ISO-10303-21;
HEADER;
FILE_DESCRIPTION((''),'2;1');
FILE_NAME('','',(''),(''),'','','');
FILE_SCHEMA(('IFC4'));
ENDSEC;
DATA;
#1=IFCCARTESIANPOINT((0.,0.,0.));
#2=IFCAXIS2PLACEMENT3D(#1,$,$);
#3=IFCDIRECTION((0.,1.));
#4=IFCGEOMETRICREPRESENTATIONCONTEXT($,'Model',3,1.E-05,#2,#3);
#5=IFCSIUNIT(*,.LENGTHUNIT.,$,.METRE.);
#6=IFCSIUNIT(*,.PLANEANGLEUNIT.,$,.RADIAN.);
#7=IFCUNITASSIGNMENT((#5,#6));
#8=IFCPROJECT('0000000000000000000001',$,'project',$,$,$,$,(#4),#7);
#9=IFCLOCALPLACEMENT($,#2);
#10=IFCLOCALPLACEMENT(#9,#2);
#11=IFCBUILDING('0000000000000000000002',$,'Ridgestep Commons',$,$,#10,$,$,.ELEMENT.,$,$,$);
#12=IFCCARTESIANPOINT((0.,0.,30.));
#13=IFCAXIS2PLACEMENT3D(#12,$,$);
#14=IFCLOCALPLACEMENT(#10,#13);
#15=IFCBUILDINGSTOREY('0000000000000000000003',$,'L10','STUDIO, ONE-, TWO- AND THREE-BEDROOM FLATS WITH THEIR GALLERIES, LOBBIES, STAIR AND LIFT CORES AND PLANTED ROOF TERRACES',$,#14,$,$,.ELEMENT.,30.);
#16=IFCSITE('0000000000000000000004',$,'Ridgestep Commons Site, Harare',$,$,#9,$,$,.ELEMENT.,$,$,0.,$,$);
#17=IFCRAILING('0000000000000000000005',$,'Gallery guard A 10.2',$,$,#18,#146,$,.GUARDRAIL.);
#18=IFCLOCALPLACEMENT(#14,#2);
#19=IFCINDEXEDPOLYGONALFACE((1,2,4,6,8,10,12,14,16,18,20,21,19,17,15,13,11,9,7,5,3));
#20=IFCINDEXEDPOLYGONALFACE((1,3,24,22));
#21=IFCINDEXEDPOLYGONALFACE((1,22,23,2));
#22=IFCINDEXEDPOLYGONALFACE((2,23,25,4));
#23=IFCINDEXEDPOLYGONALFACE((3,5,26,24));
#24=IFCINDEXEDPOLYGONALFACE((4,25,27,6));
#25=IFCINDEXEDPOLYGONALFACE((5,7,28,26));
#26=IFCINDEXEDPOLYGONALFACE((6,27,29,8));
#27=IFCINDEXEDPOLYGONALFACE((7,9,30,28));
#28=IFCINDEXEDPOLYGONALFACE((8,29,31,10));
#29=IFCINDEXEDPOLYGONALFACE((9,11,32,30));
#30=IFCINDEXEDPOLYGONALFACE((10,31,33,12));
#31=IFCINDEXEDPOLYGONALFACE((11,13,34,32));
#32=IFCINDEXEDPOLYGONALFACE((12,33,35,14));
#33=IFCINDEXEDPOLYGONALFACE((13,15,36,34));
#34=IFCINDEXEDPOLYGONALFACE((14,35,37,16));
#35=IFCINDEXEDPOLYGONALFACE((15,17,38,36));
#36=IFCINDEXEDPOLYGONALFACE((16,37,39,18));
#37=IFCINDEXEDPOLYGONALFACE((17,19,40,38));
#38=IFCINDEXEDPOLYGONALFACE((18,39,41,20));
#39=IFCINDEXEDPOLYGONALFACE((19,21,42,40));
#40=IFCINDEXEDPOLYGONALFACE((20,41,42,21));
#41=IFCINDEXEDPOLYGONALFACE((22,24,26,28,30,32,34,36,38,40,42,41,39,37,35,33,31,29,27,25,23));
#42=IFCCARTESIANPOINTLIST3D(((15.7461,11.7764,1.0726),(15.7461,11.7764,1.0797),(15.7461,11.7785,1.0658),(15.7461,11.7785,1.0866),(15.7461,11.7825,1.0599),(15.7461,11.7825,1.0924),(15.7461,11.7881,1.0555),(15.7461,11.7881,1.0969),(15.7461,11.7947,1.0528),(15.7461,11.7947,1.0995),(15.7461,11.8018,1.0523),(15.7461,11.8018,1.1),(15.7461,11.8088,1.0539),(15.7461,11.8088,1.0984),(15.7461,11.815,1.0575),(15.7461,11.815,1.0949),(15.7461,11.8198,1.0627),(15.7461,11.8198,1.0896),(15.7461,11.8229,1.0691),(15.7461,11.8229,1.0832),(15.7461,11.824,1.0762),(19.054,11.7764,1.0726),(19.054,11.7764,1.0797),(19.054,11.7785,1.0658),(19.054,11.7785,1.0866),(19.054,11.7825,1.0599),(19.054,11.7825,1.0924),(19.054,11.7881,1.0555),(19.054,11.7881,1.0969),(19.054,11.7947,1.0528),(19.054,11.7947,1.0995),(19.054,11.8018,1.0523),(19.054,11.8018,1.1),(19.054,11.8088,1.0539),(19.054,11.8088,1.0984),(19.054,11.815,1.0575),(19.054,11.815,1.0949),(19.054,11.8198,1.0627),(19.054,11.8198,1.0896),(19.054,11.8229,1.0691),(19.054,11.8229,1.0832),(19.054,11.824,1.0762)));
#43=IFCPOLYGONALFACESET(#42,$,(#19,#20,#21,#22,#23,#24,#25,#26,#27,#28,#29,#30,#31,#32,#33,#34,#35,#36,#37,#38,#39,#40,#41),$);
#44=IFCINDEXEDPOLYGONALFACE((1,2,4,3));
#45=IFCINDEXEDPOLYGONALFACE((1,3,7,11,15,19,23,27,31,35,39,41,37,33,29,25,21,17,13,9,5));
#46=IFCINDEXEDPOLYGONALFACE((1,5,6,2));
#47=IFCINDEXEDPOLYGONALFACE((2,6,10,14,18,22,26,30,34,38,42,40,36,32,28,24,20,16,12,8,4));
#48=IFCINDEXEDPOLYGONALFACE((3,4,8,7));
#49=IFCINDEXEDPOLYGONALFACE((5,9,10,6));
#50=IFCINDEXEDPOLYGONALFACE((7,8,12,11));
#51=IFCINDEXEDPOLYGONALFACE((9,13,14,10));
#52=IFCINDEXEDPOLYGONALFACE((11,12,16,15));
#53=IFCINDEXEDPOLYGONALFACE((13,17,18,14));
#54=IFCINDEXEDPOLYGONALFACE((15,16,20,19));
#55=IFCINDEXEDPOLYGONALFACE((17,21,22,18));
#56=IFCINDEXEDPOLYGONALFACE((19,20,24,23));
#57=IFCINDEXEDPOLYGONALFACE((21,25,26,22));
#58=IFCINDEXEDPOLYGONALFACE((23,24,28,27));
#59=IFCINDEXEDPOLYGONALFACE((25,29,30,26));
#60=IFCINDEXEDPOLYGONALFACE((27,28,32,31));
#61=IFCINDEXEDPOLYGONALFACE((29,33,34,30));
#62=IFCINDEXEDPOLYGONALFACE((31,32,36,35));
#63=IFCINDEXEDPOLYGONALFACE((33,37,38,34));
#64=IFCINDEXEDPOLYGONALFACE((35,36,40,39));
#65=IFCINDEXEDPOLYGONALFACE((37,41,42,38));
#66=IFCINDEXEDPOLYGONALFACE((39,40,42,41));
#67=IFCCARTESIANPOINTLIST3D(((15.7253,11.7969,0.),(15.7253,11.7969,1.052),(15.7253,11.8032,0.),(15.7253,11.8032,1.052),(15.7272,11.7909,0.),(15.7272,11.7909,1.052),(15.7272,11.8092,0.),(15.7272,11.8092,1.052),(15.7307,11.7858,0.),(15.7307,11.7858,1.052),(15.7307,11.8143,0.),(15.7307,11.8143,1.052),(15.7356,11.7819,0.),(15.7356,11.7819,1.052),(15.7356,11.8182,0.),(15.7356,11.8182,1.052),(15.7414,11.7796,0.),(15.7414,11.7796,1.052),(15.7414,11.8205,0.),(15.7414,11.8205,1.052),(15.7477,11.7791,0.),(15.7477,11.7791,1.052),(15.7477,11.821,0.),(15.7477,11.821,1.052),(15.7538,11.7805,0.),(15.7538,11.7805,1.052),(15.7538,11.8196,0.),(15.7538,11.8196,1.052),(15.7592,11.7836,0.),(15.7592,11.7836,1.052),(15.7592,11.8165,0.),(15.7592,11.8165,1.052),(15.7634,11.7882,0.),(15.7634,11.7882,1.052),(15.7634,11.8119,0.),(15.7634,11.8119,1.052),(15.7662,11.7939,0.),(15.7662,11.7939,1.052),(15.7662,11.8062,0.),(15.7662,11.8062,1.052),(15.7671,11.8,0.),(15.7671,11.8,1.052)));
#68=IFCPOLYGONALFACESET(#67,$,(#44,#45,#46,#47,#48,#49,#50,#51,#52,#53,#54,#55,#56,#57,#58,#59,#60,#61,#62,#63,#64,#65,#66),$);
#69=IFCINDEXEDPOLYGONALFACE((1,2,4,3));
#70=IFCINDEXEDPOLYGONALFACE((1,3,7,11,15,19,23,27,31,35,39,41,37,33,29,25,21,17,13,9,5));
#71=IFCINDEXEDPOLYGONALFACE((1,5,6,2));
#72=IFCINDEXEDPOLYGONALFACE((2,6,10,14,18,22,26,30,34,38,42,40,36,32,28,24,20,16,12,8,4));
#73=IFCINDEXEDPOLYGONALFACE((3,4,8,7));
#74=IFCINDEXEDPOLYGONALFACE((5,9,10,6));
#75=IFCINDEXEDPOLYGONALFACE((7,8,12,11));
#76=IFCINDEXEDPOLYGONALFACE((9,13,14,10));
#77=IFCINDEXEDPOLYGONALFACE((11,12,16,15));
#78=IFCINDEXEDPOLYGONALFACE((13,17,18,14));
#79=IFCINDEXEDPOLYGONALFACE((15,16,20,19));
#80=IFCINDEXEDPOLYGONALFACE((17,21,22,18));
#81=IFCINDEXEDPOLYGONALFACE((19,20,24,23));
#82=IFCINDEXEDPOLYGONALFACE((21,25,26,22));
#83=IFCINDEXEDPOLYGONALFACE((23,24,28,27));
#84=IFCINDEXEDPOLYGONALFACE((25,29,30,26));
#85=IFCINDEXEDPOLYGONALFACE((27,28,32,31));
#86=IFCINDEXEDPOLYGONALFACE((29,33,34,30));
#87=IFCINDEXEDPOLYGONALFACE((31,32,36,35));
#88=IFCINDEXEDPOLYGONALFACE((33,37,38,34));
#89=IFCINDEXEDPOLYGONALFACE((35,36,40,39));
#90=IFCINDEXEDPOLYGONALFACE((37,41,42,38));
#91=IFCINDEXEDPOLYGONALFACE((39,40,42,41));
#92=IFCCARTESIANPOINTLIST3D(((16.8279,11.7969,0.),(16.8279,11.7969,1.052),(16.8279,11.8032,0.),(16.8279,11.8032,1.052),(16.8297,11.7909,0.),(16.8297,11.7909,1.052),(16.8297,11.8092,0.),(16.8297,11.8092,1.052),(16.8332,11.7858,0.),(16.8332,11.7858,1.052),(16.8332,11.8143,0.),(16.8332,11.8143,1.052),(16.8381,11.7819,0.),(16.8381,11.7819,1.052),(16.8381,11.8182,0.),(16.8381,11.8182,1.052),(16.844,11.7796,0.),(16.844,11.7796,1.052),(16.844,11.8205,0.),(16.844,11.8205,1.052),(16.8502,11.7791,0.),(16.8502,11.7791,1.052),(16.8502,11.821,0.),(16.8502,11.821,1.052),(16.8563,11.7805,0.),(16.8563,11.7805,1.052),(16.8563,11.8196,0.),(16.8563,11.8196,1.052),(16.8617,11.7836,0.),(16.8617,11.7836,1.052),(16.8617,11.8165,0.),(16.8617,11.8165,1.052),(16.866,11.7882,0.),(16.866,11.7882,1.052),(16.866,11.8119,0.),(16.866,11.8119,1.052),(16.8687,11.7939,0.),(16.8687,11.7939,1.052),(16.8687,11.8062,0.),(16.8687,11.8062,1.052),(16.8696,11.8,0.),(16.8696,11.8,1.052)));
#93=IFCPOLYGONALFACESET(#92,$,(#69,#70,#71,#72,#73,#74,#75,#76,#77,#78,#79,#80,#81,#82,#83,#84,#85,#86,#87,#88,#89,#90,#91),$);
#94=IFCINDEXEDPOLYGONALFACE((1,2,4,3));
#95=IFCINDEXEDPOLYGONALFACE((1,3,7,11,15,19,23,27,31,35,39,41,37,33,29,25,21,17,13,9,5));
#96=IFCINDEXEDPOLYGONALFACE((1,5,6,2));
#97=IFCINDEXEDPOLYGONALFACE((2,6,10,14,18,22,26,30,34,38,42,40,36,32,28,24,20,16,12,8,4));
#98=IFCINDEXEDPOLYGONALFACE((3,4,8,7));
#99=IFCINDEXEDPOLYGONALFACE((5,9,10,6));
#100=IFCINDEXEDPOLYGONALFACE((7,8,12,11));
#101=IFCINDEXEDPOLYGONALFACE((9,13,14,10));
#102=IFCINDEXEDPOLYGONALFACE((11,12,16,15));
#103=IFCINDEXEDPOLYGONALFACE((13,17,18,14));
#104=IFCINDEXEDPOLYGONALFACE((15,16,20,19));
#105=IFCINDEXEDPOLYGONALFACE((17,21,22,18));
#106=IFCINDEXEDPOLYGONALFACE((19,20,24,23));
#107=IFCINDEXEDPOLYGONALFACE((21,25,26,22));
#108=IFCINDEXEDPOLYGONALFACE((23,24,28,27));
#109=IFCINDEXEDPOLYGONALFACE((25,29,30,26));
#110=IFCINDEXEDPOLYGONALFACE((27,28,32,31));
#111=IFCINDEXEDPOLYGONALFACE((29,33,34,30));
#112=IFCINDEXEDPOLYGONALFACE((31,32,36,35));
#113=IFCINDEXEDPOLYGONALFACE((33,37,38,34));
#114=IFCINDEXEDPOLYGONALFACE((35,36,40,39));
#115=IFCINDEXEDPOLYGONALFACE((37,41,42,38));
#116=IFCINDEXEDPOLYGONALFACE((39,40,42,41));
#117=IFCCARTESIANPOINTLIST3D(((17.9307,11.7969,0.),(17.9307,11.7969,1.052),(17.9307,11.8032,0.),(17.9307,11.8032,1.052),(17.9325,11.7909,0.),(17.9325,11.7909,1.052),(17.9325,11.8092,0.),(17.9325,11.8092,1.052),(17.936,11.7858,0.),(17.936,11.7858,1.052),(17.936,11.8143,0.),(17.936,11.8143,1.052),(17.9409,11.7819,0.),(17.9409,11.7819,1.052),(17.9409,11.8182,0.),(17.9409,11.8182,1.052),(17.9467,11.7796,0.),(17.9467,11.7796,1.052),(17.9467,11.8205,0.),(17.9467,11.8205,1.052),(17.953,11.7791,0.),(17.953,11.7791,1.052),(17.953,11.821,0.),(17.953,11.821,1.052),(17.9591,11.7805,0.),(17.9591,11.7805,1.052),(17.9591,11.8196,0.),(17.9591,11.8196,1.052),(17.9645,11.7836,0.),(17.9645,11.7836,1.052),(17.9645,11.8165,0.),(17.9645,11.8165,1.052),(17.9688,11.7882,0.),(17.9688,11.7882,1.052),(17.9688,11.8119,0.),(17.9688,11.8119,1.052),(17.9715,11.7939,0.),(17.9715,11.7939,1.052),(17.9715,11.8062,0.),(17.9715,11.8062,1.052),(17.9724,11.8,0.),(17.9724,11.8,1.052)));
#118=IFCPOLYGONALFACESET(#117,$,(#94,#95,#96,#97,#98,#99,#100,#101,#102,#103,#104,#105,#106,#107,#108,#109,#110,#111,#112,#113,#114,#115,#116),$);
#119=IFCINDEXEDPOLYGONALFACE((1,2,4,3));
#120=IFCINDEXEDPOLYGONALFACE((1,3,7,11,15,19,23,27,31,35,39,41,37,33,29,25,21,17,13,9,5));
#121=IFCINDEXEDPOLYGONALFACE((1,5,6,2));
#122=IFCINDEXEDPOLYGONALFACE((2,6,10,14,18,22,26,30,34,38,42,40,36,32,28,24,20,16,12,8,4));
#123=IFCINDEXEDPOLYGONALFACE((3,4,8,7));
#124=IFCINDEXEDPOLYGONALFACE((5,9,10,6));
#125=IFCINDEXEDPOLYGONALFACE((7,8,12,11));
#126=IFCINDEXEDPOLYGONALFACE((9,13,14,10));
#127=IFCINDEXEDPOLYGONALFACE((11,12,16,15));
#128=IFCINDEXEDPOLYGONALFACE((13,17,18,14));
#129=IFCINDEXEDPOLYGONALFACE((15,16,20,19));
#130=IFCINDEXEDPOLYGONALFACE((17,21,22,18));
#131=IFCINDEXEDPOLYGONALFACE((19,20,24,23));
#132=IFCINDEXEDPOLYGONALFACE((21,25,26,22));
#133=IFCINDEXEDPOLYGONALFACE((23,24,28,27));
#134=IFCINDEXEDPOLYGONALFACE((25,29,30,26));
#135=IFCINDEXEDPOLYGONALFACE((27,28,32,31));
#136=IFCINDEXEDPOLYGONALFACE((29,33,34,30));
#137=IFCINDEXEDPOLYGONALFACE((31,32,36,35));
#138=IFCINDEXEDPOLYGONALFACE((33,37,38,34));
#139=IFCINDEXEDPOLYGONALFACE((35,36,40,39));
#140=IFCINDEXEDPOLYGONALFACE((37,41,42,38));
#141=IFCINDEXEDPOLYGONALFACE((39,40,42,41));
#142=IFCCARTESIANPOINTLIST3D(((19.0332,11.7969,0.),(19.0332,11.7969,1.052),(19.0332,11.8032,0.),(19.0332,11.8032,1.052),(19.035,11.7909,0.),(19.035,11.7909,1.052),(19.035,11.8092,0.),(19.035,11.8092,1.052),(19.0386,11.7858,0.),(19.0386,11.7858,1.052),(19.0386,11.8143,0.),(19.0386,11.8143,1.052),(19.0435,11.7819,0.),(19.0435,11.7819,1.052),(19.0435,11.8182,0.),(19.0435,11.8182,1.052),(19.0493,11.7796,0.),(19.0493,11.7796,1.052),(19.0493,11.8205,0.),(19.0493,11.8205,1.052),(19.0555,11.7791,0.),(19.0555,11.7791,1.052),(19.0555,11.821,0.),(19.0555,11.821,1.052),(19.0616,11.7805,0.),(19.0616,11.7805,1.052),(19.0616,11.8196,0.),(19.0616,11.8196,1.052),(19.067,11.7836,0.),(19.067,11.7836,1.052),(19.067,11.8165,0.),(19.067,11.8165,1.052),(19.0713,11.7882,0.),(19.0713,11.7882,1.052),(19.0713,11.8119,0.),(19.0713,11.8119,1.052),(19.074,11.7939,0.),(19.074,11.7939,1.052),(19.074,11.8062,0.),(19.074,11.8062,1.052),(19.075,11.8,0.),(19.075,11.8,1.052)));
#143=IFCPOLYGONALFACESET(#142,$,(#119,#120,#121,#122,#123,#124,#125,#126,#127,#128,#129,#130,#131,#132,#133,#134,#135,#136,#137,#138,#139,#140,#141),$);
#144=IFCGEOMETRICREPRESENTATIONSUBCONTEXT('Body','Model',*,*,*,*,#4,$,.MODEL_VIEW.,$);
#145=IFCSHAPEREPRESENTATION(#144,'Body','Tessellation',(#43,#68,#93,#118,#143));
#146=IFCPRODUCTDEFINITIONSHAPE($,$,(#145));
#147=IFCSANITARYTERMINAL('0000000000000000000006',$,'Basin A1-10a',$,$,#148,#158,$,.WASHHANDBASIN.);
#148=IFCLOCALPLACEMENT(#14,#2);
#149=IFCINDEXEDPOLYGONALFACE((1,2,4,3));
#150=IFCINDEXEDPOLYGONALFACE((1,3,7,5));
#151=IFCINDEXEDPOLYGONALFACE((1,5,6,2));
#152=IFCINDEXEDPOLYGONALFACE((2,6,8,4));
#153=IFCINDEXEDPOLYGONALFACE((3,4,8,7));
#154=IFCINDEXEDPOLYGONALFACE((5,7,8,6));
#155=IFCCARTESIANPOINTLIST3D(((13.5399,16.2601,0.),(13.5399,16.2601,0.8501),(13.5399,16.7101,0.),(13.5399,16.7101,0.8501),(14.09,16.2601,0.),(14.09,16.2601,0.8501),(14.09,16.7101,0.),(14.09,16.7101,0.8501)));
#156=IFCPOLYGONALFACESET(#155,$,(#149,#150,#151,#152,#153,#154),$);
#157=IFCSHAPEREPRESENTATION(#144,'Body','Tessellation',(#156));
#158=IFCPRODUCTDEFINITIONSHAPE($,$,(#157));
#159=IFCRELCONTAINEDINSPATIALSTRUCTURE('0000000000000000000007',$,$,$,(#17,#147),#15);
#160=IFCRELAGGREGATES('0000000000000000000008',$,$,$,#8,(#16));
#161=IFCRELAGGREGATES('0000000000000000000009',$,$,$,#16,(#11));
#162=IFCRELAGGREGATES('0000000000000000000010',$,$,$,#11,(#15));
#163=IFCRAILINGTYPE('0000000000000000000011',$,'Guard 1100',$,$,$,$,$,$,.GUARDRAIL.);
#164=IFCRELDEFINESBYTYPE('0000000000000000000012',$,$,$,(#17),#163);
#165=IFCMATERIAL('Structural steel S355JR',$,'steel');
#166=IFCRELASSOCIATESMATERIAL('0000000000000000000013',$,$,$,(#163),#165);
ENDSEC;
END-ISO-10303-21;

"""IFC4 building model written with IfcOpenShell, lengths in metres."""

from ifc_helpers import new_model, si_unit, direction, frame, origin, origin_2d, place, context, subcontext, project, spatial, rectangle, circle, extrude, material, type_object, element, save


model = new_model("IFC4")

# Units and contexts
model_context = context("Model", 3, precision=1e-05, world=origin(), true_north=direction((0.0, 1.0)))
body_context = subcontext(model_context, "Body", "Model", "MODEL_VIEW")
ifc_project = project(units=[si_unit("LENGTHUNIT", "METRE"), si_unit("PLANEANGLEUNIT", "RADIAN")], contexts=[model_context])

# Site, building, storey
site_placement = place(None, origin())
site = spatial("IfcSite", under=ifc_project, at=site_placement, Name="Ridgestep Commons Site, Harare", CompositionType="ELEMENT", RefElevation=0.0)
building_placement = place(site_placement, origin())
building = spatial("IfcBuilding", under=site, at=building_placement, Name="Ridgestep Commons", CompositionType="ELEMENT")
storey_placement = place(building_placement, frame((0.0, 0.0, 30.0)))
storey = spatial("IfcBuildingStorey", under=building, at=storey_placement, Name="L10", Description="STUDIO, ONE-, TWO- AND THREE-BEDROOM FLATS WITH THEIR GALLERIES, LOBBIES, STAIR AND LIFT CORES AND PLANTED ROOF TERRACES", CompositionType="ELEMENT", Elevation=30.0)

# Railing
ifc_material_1 = material(Name="Structural steel S355JR", Category="steel")
railing_type = type_object("IfcRailingType", Name="Guard 1100", PredefinedType="GUARDRAIL", material=ifc_material_1)
railing_placement = place(storey_placement, frame((15.7461, 11.8, 0.0)))
element("IfcRailing", 1, at=railing_placement, inside=storey, type_object=railing_type, Name="Gallery guard A 10.2", PredefinedType="GUARDRAIL", context=body_context, shape_type="SweptSolid", body=[
    extrude(circle(Radius=0.0239, at=origin_2d()), frame((0.0, 0.0, 1.0762), z_axis=(1.0, 0.0, 0.0), x_axis=(0.0, 1.0, 0.0)), (0.0, 0.0, 1.0), 3.3079),
    extrude(circle(Radius=0.021, at=origin_2d()), origin(), (0.0, 0.0, 1.0), 1.052),
    extrude(circle(Radius=0.021, at=origin_2d()), frame((1.1025, 0.0, 0.0)), (0.0, 0.0, 1.0), 1.052),
    extrude(circle(Radius=0.021, at=origin_2d()), frame((2.2053, 0.0, 0.0)), (0.0, 0.0, 1.0), 1.052),
    extrude(circle(Radius=0.021, at=origin_2d()), frame((3.3079, 0.0, 0.0)), (0.0, 0.0, 1.0), 1.052),
])

# Sanitary terminal
sanitary_terminal_placement = place(storey_placement, frame((13.8149, 16.4851, 0.0), z_axis=(0.0, 0.0, 1.0), x_axis=(1.0, 0.0, 0.0)))
element("IfcSanitaryTerminal", 2, at=sanitary_terminal_placement, inside=storey, Name="Basin A1-10a", PredefinedType="WASHHANDBASIN", context=body_context, shape_type="SweptSolid", body=[
    extrude(rectangle(XDim=0.55, YDim=0.45, at=origin_2d()), origin(), (0.0, 0.0, 1.0), 0.8501),
])

save(model, "model.ifc")
